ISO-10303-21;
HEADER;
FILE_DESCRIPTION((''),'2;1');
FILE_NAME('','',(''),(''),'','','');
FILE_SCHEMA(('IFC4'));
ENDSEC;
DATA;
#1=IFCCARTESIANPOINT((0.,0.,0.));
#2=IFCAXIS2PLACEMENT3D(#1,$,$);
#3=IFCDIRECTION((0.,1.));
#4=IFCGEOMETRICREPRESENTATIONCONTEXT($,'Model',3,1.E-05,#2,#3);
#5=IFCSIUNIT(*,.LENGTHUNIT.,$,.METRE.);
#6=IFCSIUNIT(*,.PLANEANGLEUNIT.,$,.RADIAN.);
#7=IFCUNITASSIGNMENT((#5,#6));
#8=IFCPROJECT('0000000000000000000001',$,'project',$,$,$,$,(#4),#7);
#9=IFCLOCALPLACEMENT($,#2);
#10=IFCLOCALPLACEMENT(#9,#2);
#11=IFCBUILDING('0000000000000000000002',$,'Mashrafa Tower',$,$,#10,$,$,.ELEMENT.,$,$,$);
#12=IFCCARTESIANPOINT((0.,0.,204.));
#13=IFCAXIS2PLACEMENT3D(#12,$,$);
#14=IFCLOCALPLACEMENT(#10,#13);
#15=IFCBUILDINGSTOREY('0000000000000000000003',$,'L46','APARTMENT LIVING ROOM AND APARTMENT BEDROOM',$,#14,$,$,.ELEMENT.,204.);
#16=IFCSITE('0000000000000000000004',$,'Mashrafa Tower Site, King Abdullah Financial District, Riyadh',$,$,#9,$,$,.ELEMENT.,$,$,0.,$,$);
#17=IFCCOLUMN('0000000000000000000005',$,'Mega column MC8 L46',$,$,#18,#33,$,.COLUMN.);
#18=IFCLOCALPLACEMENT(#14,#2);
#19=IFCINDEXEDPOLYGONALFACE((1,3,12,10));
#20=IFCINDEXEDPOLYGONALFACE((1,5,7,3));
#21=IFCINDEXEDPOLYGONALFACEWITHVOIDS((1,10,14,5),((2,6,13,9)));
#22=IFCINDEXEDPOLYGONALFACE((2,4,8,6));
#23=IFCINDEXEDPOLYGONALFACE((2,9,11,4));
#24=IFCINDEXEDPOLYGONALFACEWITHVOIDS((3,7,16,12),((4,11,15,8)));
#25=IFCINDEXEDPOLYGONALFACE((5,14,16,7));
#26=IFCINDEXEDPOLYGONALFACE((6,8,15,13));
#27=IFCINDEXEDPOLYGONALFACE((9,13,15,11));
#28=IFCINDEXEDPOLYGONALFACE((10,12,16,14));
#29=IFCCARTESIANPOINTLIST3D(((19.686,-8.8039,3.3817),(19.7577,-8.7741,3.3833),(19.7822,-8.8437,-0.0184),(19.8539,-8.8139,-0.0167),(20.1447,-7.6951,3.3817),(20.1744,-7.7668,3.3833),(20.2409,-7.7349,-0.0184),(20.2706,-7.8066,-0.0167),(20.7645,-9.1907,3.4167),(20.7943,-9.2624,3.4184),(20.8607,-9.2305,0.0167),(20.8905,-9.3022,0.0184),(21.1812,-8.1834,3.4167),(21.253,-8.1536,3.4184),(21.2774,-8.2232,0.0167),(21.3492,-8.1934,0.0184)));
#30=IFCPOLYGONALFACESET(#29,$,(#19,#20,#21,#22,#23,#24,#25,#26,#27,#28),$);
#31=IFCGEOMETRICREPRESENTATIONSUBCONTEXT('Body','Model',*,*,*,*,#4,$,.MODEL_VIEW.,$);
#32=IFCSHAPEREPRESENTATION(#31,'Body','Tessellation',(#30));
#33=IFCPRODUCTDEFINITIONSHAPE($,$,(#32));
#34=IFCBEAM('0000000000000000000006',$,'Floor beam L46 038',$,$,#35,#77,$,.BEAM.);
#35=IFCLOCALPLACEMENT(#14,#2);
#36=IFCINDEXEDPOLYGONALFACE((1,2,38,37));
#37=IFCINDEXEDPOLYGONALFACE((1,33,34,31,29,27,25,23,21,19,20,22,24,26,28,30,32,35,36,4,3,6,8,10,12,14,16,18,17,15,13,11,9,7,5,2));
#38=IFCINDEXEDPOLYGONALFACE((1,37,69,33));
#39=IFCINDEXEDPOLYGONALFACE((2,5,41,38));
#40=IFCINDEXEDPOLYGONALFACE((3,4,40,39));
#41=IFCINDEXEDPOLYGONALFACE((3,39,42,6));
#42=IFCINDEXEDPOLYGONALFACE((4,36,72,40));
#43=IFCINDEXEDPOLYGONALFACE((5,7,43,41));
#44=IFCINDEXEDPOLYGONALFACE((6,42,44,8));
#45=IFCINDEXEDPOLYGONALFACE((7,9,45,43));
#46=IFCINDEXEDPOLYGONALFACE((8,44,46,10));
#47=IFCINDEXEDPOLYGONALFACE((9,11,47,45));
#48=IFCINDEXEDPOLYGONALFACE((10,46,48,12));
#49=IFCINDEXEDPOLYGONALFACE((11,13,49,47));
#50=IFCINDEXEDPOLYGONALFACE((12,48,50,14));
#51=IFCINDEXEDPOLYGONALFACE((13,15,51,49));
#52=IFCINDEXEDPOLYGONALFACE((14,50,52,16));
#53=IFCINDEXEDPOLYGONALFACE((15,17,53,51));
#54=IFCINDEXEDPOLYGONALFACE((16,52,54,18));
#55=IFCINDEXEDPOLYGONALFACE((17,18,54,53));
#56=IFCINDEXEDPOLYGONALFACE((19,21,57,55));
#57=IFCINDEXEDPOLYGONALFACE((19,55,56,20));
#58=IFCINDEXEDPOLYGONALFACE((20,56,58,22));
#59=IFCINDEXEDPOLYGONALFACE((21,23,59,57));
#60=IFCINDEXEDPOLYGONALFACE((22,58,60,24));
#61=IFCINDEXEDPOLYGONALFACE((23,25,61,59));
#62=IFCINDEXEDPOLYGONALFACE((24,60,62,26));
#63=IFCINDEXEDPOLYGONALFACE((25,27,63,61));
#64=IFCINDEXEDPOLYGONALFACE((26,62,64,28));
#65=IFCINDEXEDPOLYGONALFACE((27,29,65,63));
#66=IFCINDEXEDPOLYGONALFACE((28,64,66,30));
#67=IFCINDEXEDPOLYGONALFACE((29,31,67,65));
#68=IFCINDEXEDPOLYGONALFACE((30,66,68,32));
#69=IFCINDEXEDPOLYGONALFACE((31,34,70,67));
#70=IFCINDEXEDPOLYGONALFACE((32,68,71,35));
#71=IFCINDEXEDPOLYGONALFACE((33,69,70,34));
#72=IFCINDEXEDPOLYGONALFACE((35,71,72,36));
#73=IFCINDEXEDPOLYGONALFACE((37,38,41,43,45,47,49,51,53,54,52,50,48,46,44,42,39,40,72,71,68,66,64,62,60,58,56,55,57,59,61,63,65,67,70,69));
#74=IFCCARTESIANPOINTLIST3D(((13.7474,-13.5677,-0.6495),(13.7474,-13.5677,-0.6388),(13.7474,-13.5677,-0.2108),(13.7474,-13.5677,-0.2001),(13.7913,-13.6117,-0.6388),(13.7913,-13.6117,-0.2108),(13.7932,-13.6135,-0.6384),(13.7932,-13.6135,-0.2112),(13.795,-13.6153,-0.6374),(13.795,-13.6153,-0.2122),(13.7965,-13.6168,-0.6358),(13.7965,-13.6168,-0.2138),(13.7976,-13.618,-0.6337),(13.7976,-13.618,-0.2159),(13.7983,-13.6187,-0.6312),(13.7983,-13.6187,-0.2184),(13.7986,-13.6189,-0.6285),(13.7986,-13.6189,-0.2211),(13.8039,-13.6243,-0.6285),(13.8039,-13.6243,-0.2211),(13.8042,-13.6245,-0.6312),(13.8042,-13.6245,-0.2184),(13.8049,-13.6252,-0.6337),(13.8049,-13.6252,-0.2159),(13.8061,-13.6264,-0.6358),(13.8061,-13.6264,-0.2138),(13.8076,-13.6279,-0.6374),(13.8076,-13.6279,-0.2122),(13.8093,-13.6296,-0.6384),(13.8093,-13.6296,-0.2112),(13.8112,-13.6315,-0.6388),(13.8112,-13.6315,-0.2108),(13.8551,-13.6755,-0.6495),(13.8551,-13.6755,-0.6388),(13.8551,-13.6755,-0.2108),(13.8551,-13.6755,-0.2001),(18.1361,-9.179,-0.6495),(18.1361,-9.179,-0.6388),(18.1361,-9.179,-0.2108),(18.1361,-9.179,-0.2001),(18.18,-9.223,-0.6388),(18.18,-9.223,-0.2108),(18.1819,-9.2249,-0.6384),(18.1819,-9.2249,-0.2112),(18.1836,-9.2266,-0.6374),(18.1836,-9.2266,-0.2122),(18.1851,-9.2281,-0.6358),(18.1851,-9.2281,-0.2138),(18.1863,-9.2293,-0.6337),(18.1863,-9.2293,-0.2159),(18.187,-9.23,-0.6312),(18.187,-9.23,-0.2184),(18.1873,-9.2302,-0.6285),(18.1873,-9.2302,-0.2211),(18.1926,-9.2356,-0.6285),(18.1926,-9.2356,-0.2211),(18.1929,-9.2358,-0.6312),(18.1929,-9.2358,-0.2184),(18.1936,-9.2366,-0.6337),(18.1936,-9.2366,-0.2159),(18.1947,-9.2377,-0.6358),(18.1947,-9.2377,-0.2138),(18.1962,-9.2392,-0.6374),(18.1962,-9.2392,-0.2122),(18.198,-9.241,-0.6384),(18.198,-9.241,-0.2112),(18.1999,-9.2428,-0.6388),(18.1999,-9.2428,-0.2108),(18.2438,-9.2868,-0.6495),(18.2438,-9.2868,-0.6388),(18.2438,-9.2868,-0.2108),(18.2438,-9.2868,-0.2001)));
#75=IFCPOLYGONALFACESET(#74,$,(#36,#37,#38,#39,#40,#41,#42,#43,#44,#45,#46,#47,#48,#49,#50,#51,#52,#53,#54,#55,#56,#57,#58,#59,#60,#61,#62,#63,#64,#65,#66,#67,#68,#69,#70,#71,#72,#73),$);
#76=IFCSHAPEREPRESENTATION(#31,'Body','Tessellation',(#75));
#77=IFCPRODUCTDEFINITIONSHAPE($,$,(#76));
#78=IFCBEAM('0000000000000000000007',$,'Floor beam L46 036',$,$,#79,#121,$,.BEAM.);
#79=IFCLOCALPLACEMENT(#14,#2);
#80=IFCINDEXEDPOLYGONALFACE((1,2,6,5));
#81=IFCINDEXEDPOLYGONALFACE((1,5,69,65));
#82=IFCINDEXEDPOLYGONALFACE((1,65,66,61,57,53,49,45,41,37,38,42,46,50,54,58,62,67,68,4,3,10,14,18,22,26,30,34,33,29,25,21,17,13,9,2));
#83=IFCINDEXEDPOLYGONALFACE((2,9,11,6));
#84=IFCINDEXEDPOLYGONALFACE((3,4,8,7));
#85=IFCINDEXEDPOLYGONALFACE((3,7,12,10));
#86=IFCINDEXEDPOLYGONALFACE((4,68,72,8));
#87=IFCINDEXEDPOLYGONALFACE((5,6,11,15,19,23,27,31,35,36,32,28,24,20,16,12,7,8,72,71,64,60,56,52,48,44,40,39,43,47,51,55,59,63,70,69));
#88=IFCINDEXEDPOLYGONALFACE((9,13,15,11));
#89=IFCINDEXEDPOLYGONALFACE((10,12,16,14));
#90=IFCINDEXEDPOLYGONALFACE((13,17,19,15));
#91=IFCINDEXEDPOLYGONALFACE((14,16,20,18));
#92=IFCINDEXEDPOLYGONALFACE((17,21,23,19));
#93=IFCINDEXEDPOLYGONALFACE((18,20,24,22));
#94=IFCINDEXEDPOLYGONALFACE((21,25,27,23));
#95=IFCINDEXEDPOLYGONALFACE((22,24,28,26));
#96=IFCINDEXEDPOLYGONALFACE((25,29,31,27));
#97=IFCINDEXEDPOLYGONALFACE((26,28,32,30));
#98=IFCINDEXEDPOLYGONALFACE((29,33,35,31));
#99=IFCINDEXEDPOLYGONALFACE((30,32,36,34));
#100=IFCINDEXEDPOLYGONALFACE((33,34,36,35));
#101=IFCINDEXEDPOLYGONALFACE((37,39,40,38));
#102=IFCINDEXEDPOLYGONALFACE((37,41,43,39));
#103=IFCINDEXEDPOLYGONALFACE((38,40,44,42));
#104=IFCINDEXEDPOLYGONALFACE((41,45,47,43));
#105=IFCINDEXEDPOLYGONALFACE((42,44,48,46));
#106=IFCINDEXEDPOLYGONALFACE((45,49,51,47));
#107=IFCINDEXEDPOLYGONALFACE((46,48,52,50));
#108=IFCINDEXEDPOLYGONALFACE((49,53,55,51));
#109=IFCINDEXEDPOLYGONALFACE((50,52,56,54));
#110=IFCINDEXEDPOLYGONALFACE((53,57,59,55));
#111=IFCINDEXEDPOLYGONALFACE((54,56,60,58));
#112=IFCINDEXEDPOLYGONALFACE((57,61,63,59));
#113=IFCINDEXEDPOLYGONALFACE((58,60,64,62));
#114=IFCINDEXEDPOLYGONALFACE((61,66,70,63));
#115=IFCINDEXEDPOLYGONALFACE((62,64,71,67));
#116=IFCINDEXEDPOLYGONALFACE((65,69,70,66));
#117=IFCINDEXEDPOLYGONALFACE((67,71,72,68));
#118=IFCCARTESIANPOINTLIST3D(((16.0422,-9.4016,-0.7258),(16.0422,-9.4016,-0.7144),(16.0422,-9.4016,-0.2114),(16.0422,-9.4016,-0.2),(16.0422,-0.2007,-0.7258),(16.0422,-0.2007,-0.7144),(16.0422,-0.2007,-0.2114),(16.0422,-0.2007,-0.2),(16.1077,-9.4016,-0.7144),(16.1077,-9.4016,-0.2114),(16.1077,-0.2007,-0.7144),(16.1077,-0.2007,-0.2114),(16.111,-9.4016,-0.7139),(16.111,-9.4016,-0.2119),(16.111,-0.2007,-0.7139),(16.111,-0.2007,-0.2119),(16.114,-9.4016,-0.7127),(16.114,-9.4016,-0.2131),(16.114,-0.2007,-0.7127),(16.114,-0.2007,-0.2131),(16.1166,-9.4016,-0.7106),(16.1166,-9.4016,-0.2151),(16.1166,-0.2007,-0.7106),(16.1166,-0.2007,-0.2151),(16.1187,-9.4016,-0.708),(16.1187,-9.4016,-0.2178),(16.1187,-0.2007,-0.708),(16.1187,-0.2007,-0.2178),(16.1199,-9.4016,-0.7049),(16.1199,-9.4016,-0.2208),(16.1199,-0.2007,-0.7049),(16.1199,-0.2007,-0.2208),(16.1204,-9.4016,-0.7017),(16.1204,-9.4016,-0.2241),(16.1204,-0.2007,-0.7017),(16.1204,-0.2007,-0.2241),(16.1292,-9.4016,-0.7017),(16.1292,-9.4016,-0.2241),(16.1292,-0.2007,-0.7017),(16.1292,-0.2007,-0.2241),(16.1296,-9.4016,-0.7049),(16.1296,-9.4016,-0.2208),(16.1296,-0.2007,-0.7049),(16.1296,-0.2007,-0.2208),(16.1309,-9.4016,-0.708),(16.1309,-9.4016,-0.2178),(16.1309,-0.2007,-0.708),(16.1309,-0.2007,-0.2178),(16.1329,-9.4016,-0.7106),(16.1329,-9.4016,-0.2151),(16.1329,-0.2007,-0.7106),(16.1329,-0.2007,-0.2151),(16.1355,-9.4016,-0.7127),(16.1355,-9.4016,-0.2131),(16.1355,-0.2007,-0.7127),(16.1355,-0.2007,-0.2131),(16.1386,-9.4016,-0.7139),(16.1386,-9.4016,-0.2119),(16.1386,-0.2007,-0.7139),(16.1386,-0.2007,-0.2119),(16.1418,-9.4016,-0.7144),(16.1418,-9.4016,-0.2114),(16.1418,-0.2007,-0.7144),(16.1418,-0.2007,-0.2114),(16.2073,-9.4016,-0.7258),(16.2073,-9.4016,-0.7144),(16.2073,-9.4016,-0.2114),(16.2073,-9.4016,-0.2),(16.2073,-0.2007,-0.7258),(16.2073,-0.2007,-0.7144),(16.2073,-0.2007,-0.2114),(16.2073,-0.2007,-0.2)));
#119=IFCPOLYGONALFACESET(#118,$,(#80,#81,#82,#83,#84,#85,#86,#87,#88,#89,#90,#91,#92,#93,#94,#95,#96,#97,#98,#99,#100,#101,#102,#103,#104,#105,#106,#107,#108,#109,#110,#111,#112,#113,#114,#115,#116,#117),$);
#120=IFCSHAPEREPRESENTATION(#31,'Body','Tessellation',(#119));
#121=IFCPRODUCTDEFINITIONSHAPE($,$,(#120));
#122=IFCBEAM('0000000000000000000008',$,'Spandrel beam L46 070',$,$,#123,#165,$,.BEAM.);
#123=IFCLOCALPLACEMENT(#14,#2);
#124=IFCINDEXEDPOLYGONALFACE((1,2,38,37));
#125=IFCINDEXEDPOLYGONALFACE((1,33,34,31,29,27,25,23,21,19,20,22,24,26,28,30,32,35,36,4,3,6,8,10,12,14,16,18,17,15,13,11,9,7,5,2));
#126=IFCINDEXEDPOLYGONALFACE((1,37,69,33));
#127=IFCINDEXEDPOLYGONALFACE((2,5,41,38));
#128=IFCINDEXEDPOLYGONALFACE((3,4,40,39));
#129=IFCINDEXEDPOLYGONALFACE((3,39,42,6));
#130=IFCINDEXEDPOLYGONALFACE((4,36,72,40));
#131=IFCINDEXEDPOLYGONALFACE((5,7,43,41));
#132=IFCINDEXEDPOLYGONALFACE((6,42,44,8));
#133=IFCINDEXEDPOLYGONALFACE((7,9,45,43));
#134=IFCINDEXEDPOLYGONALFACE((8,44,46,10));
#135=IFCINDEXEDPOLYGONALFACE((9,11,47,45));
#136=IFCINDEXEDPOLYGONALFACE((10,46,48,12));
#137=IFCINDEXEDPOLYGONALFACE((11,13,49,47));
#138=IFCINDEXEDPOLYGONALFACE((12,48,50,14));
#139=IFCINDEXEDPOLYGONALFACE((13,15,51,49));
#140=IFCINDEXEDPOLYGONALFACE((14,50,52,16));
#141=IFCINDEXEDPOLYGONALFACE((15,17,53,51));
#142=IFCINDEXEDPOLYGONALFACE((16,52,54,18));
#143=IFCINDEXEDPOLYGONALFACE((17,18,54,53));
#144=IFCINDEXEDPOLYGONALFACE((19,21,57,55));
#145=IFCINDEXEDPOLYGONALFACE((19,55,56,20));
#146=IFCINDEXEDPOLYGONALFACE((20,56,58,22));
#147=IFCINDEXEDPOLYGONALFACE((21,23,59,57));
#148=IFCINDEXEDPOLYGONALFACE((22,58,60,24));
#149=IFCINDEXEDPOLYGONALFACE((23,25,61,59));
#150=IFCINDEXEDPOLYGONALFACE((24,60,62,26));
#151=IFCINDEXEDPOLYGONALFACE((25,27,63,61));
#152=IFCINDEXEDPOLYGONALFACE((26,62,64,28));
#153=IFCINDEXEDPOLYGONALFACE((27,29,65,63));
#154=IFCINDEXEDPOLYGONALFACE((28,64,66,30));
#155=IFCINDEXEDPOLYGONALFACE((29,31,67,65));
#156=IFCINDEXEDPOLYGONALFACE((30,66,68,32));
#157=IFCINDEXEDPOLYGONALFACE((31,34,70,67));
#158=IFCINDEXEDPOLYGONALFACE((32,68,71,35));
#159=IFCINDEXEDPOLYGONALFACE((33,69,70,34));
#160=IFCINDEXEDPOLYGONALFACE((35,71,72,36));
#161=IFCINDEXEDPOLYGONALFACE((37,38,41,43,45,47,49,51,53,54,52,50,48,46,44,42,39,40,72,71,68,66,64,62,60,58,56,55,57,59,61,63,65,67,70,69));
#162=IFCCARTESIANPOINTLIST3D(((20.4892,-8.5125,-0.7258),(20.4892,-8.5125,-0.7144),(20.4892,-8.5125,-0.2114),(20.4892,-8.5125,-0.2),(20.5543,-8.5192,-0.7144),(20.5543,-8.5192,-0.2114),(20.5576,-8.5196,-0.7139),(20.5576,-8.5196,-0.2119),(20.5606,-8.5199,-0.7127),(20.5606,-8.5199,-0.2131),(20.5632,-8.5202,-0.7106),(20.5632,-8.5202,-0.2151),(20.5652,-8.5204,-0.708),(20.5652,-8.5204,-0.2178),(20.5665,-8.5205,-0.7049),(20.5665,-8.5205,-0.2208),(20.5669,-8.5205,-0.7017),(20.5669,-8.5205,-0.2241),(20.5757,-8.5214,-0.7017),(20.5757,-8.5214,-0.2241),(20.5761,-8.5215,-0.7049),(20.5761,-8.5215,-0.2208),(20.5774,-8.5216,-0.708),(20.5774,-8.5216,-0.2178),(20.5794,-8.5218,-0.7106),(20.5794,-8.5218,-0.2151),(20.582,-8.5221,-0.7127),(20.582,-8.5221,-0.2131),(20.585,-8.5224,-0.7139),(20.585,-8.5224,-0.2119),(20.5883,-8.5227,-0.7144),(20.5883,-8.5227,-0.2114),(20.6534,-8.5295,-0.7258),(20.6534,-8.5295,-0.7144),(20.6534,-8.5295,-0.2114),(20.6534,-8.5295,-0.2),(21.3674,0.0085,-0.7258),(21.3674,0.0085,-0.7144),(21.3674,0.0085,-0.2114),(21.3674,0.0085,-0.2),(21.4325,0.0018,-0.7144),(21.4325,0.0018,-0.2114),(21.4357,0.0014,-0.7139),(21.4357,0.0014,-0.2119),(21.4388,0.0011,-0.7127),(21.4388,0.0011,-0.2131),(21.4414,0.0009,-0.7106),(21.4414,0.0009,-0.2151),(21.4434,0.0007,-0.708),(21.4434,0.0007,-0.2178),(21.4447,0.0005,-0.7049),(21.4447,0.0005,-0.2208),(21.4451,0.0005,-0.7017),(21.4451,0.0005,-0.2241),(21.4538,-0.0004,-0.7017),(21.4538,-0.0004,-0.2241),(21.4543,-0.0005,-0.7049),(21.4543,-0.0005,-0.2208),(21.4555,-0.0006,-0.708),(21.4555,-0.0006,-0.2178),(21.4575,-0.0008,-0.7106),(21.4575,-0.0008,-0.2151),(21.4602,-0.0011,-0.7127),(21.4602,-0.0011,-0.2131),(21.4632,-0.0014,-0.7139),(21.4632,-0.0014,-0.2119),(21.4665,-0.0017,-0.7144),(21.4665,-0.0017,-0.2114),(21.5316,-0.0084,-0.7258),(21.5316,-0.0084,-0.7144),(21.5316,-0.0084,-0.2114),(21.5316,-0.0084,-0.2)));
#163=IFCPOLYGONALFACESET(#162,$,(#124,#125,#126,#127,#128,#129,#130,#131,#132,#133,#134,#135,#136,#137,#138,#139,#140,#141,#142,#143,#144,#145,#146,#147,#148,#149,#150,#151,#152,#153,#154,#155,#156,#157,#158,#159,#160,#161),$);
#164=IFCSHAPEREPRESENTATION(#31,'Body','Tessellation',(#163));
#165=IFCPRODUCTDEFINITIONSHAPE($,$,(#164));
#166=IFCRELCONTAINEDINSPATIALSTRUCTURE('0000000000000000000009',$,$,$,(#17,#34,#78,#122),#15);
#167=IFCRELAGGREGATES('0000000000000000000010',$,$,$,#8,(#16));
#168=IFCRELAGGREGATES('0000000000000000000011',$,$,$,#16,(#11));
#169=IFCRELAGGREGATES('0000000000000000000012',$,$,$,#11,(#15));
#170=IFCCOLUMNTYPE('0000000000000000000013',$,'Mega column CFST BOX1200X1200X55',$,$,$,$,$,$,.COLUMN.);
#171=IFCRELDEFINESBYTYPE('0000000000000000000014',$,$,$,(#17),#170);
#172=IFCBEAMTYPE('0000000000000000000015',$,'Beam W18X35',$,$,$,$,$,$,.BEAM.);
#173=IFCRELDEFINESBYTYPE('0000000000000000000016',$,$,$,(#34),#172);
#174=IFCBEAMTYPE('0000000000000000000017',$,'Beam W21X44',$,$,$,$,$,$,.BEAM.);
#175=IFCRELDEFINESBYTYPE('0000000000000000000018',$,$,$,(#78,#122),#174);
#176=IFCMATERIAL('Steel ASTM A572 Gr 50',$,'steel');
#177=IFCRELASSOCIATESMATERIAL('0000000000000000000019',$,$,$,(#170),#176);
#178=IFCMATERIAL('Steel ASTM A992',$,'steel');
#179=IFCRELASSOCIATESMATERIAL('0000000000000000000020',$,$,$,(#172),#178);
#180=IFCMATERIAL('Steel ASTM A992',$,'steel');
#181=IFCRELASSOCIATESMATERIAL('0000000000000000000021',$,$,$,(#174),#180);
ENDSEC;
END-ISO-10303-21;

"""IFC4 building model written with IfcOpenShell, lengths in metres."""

from ifc_helpers import new_model, si_unit, direction, frame, origin, origin_2d, place, context, subcontext, project, spatial, hollow_rectangle, i_section, extrude, material, material_profile, profile_set, type_object, element, save


model = new_model("IFC4")

# Units and contexts
model_context = context("Model", 3, precision=1e-05, world=origin(), true_north=direction((0.0, 1.0)))
body_context = subcontext(model_context, "Body", "Model", "MODEL_VIEW")
ifc_project = project(units=[si_unit("LENGTHUNIT", "METRE"), si_unit("PLANEANGLEUNIT", "RADIAN")], contexts=[model_context])

# Site, building, storey
site_placement = place(None, origin())
site = spatial("IfcSite", under=ifc_project, at=site_placement, Name="Mashrafa Tower Site, King Abdullah Financial District, Riyadh", CompositionType="ELEMENT", RefElevation=0.0)
building_placement = place(site_placement, origin())
building = spatial("IfcBuilding", under=site, at=building_placement, Name="Mashrafa Tower", CompositionType="ELEMENT")
storey_placement = place(building_placement, frame((0.0, 0.0, 204.0)))
storey = spatial("IfcBuildingStorey", under=building, at=storey_placement, Name="L46", Description="APARTMENT LIVING ROOM AND APARTMENT BEDROOM", CompositionType="ELEMENT", Elevation=204.0)

# Column
ifc_material_1 = material(Name="Steel ASTM A572 Gr 50", Category="steel")
ifc_material_profile_1 = material_profile(ifc_material_1, hollow_rectangle(XDim=1.2, YDim=1.2, WallThickness=0.0549, at=origin_2d()), Name="BOX1200X1200X55")
ifc_profile_set_1 = profile_set([ifc_material_profile_1], Name="Steel ASTM A572 Gr 50")
column_type = type_object("IfcColumnType", Name="Mega column CFST BOX1200X1200X55", PredefinedType="COLUMN", material=ifc_profile_set_1)
column_placement = place(storey_placement, frame((20.5657, -8.5186, 0.0), z_axis=(-0.028279, 0.011699, 0.999532), x_axis=(-0.382283, -0.924045, 0.0)))
element("IfcColumn", 1, at=column_placement, inside=storey, type_object=column_type, Name="Mega column MC8 L46", PredefinedType="COLUMN", context=body_context, shape_type="SweptSolid", body=[
    extrude(hollow_rectangle(XDim=1.2, YDim=1.2, WallThickness=0.0549, at=origin_2d()), origin(), (0.0, 0.0, 1.0), 3.4016),
])

# Beams
ifc_material_2 = material(Name="Steel ASTM A992", Category="steel")
ifc_material_profile_2 = material_profile(ifc_material_2, i_section(OverallWidth=0.1523, OverallDepth=0.4495, WebThickness=0.0076, FlangeThickness=0.0107, FilletRadius=0.0103, at=origin_2d()), Name="W18X35")
ifc_profile_set_2 = profile_set([ifc_material_profile_2], Name="Steel ASTM A992")
beam_type_1 = type_object("IfcBeamType", Name="Beam W18X35", PredefinedType="BEAM", material=ifc_profile_set_2)
beam_1_placement = place(storey_placement, frame((18.1899, -9.2329, -0.4248), z_axis=(-0.707107, -0.707107, 0.0), x_axis=(0.707107, -0.707107, 0.0)))
element("IfcBeam", 2, at=beam_1_placement, inside=storey, type_object=beam_type_1, Name="Floor beam L46 038", PredefinedType="BEAM", context=body_context, shape_type="SweptSolid", body=[
    extrude(i_section(OverallWidth=0.1523, OverallDepth=0.4495, WebThickness=0.0076, FlangeThickness=0.0107, FilletRadius=0.0103, at=origin_2d()), origin(), (0.0, 0.0, 1.0), 6.2065),
])
ifc_material_3 = material(Name="Steel ASTM A992", Category="steel")
ifc_material_profile_3 = material_profile(ifc_material_3, i_section(OverallWidth=0.165, OverallDepth=0.5259, WebThickness=0.0088, FlangeThickness=0.0115, FilletRadius=0.0127, at=origin_2d()), Name="W21X44")
ifc_profile_set_3 = profile_set([ifc_material_profile_3], Name="Steel ASTM A992")
beam_type_2 = type_object("IfcBeamType", Name="Beam W21X44", PredefinedType="BEAM", material=ifc_profile_set_3)
beam_2_placement = place(storey_placement, frame((16.1248, -0.2007, -0.4629), z_axis=(0.0, -1.0, 0.0), x_axis=(1.0, 0.0, 0.0)))
element("IfcBeam", 3, at=beam_2_placement, inside=storey, type_object=beam_type_2, Name="Floor beam L46 036", PredefinedType="BEAM", context=body_context, shape_type="SweptSolid", body=[
    extrude(i_section(OverallWidth=0.165, OverallDepth=0.5259, WebThickness=0.0088, FlangeThickness=0.0115, FilletRadius=0.0127, at=origin_2d()), origin(), (0.0, 0.0, 1.0), 9.2009),
])
beam_3_placement = place(storey_placement, frame((20.5713, -8.521, -0.4629), z_axis=(0.102517, 0.994731, 0.0), x_axis=(-0.994731, 0.102517, 0.0)))
element("IfcBeam", 4, at=beam_3_placement, inside=storey, type_object=beam_type_2, Name="Spandrel beam L46 070", PredefinedType="BEAM", context=body_context, shape_type="SweptSolid", body=[
    extrude(i_section(OverallWidth=0.165, OverallDepth=0.5259, WebThickness=0.0088, FlangeThickness=0.0115, FilletRadius=0.0127, at=origin_2d()), origin(), (0.0, 0.0, 1.0), 8.5662),
])

save(model, "model.ifc")
